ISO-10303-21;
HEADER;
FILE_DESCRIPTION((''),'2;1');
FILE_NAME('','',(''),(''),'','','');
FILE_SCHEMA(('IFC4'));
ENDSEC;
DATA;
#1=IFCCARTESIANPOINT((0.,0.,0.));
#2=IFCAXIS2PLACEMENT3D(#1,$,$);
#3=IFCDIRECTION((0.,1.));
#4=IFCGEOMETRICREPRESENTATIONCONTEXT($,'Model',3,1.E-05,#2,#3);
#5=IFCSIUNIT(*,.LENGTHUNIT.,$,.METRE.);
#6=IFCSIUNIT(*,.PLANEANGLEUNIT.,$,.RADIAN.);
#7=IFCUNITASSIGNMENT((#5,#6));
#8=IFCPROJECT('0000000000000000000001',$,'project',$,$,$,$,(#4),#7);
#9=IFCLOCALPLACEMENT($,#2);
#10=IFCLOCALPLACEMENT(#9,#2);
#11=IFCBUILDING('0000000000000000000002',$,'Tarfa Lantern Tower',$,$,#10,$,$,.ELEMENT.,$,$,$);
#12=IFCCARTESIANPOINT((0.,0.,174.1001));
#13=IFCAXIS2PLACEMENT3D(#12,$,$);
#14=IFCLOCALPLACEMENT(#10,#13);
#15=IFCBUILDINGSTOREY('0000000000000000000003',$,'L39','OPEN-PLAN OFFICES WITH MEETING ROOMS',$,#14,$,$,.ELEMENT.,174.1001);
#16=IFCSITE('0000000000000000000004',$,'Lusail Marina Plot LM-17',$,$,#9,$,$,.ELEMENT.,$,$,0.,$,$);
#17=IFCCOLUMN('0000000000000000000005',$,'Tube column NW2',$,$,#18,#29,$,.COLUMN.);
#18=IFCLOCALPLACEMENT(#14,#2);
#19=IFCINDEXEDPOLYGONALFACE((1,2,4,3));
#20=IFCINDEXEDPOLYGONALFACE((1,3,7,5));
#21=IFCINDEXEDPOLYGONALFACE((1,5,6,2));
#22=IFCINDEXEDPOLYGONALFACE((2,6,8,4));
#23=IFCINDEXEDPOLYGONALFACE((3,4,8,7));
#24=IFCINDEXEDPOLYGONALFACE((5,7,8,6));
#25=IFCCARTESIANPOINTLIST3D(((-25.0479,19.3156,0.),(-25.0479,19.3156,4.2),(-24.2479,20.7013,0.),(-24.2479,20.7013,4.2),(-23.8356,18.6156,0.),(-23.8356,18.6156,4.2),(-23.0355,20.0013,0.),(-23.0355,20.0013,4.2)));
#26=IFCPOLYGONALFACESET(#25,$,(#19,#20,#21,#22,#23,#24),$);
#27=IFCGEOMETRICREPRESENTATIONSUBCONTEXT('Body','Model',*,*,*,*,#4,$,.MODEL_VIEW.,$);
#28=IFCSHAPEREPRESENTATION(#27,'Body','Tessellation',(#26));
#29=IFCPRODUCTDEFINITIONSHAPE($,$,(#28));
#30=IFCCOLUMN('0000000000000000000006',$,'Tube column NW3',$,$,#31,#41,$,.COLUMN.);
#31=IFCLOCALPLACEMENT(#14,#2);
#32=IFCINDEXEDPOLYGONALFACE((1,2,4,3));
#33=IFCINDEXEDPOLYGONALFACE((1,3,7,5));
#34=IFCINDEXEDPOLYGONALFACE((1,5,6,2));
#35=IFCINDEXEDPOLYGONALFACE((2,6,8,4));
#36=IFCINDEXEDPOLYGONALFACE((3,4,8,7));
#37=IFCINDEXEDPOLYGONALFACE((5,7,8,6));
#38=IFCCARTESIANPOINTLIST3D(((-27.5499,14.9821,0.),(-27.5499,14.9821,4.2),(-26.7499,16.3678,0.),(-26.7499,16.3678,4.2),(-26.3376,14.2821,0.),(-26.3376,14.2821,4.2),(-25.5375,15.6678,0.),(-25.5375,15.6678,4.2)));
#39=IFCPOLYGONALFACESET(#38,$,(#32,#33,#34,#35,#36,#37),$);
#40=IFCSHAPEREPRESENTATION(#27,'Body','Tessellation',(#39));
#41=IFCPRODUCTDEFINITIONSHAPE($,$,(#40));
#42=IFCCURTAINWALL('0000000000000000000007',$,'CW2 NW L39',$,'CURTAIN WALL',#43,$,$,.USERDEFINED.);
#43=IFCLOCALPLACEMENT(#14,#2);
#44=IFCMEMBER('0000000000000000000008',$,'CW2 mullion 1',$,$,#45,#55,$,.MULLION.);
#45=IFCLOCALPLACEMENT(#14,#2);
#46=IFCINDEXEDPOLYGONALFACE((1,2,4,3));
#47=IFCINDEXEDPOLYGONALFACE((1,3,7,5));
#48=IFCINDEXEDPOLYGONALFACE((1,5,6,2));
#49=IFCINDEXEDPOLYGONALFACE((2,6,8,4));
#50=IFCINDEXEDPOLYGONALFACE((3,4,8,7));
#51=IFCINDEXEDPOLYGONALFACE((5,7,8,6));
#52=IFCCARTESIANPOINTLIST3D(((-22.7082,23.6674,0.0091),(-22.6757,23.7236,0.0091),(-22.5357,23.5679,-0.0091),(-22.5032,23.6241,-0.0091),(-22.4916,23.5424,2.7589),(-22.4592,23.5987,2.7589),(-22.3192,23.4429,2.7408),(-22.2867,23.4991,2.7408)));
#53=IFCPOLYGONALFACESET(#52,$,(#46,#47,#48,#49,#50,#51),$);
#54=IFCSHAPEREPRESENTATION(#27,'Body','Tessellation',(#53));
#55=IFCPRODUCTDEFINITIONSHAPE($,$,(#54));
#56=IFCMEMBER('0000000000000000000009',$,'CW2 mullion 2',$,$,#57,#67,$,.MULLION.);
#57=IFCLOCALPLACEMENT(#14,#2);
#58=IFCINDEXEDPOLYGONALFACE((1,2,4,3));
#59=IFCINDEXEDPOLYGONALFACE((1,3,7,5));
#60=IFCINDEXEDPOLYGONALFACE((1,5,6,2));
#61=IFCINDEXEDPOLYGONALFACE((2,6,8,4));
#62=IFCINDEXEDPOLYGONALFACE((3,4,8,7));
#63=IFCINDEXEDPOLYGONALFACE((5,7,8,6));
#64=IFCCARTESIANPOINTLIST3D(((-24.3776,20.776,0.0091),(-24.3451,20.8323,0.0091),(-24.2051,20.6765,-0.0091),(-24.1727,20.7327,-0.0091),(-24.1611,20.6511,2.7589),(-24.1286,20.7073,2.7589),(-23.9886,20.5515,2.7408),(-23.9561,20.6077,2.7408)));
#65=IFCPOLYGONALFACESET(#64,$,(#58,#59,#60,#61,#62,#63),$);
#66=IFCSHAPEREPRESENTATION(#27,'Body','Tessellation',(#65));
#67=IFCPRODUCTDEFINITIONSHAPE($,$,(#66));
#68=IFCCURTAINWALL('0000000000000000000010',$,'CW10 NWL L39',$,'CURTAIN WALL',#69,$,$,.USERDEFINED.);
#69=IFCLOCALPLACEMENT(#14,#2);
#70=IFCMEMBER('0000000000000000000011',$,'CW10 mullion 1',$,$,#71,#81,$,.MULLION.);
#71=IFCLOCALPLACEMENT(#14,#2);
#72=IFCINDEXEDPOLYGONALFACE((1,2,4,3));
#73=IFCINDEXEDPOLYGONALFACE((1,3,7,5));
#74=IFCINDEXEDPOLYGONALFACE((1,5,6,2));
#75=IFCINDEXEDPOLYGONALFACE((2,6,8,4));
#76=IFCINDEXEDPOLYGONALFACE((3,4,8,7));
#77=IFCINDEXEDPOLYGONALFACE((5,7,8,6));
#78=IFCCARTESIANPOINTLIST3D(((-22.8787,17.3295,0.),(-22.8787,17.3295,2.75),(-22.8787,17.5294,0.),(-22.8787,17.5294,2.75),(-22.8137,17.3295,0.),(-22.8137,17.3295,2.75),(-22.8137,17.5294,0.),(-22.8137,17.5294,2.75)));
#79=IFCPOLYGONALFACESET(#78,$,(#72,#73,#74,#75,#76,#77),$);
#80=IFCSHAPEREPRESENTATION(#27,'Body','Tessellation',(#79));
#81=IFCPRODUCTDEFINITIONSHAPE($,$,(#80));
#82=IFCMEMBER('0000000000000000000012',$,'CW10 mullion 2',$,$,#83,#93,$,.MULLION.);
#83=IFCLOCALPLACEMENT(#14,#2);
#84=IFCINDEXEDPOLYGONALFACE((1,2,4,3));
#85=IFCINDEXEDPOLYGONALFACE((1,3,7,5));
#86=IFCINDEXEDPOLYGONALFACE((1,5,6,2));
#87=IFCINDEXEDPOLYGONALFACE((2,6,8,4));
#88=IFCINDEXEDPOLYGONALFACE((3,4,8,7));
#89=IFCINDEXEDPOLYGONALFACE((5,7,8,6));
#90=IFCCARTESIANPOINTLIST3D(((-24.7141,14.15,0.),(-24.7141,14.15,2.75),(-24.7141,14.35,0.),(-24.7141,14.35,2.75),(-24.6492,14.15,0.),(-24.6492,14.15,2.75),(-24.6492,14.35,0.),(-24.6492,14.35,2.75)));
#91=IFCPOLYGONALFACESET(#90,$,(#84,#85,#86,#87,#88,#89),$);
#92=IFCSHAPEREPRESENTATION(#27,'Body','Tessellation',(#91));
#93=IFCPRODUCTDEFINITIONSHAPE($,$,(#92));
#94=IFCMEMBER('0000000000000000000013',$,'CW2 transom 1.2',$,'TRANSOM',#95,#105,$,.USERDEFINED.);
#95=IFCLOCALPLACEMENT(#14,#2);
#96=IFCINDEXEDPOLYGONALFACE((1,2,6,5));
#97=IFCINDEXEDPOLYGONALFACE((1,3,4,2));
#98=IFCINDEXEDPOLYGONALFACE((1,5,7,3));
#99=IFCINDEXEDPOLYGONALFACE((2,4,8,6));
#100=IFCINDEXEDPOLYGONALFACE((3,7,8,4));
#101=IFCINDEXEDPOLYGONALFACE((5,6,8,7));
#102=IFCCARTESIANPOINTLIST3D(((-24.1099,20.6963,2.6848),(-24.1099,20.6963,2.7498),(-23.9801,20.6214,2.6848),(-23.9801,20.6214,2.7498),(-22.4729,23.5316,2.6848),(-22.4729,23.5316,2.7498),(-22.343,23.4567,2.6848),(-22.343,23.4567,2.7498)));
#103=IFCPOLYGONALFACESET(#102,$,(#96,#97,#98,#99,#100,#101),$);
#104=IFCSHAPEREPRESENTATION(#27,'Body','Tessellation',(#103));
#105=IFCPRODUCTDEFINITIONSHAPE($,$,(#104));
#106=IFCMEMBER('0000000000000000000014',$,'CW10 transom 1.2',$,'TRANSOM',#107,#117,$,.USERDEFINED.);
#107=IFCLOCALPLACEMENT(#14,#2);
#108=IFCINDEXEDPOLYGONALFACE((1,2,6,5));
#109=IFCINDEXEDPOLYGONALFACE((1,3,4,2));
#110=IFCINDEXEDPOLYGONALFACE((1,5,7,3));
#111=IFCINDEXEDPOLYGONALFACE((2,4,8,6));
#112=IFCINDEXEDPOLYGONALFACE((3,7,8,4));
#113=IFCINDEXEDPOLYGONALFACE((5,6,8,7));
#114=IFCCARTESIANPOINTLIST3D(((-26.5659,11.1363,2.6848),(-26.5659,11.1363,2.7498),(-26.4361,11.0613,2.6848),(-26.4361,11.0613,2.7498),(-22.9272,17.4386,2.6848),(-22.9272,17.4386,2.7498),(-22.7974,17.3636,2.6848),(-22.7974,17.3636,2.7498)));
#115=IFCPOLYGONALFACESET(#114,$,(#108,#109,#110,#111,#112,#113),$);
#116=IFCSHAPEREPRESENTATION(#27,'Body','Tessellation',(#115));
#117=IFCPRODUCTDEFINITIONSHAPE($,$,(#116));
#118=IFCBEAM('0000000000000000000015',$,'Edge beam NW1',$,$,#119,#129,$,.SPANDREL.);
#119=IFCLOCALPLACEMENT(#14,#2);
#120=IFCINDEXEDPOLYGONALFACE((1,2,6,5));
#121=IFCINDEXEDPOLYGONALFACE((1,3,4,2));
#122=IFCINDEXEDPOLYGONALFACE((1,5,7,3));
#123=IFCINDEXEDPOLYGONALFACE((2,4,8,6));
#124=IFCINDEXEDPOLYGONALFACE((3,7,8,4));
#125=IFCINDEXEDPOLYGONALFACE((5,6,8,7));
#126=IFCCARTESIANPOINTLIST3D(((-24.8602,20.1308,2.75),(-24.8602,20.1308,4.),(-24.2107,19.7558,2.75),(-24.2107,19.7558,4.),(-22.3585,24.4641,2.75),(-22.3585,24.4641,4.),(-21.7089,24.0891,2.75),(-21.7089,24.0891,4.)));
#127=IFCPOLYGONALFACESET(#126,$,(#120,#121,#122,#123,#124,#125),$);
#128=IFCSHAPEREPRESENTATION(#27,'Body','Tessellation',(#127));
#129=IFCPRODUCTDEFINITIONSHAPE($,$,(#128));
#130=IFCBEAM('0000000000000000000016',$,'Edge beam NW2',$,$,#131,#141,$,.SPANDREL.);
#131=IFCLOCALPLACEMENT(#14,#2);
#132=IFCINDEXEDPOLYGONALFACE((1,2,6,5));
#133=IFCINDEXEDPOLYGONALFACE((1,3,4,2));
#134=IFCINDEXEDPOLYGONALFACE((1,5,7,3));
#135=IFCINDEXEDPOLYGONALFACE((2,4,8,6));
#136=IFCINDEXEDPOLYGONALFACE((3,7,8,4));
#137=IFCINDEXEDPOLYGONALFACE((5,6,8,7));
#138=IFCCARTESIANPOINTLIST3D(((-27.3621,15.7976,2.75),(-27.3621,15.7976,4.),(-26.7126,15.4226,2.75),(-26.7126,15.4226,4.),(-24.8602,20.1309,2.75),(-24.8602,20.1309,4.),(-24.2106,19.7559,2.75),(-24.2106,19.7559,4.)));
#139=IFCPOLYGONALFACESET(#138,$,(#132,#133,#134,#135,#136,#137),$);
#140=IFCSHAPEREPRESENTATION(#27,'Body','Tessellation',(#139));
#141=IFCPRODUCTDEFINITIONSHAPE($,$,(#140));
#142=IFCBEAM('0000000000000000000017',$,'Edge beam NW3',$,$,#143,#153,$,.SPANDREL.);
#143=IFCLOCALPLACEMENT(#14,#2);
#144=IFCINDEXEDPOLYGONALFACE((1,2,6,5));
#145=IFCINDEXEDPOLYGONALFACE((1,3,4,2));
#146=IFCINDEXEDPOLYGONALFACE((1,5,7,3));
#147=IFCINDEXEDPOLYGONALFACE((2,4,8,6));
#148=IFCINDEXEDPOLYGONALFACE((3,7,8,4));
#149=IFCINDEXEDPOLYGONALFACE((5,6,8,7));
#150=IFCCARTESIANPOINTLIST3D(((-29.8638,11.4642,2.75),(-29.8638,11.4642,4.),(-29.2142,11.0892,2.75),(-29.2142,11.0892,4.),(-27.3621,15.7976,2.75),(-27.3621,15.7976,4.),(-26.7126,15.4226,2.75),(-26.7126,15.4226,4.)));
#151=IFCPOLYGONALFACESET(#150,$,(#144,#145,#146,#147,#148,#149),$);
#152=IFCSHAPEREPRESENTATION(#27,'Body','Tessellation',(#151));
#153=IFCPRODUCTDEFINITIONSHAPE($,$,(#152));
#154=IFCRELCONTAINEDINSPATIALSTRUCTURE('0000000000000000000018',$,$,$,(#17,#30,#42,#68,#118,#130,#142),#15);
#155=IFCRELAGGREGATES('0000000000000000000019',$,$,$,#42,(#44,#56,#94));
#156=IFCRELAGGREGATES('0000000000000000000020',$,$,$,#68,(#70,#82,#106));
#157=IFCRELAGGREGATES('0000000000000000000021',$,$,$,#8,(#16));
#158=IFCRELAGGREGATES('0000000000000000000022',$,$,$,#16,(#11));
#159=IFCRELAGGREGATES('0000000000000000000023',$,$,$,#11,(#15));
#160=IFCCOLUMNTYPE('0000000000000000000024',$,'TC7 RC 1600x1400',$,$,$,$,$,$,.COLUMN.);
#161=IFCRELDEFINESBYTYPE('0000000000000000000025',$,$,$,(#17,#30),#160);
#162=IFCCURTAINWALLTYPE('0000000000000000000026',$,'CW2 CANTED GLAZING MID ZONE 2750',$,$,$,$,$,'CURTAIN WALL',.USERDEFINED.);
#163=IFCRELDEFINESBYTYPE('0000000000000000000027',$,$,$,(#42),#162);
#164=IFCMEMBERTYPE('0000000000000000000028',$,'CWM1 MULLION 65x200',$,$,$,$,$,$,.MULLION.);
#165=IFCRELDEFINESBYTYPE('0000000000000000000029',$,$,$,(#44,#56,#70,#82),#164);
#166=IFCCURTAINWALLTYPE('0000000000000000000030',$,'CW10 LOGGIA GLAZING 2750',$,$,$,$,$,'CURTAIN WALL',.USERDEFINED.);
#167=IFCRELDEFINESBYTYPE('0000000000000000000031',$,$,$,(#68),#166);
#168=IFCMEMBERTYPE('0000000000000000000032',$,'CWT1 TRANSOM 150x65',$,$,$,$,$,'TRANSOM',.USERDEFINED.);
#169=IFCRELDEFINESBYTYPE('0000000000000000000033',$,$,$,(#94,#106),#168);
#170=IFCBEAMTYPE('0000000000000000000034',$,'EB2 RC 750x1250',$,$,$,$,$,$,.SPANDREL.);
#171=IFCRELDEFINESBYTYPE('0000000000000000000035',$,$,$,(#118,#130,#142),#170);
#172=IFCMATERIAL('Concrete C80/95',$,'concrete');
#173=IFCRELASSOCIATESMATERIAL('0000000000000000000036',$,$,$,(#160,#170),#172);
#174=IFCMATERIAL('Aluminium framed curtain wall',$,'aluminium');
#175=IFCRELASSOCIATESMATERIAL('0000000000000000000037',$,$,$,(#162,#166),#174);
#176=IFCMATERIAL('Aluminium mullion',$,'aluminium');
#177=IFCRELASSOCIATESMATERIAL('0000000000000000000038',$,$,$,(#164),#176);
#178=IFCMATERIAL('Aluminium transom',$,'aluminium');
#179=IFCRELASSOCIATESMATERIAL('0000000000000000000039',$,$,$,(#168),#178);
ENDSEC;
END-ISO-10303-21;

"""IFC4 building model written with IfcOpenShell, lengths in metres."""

from ifc_helpers import new_model, si_unit, direction, frame, origin, origin_2d, place, context, subcontext, project, spatial, rectangle, extrude, material, material_profile, profile_set, type_object, element, aggregate, save


model = new_model("IFC4")

# Units and contexts
model_context = context("Model", 3, precision=1e-05, world=origin(), true_north=direction((0.0, 1.0)))
body_context = subcontext(model_context, "Body", "Model", "MODEL_VIEW")
ifc_project = project(units=[si_unit("LENGTHUNIT", "METRE"), si_unit("PLANEANGLEUNIT", "RADIAN")], contexts=[model_context])

# Site, building, storey
site_placement = place(None, origin())
site = spatial("IfcSite", under=ifc_project, at=site_placement, Name="Lusail Marina Plot LM-17", CompositionType="ELEMENT", RefElevation=0.0)
building_placement = place(site_placement, origin())
building = spatial("IfcBuilding", under=site, at=building_placement, Name="Tarfa Lantern Tower", CompositionType="ELEMENT")
storey_placement = place(building_placement, frame((0.0, 0.0, 174.1001)))
storey = spatial("IfcBuildingStorey", under=building, at=storey_placement, Name="L39", Description="OPEN-PLAN OFFICES WITH MEETING ROOMS", CompositionType="ELEMENT", Elevation=174.1001)

# Columns
ifc_material_1 = material(Name="Concrete C80/95", Category="concrete")
ifc_material_profile_1 = material_profile(ifc_material_1, rectangle(XDim=1.6001, YDim=1.3999, at=origin_2d()), Name="RC 1600x1400")
ifc_profile_set_1 = profile_set([ifc_material_profile_1], Name="Concrete C80/95")
column_type = type_object("IfcColumnType", Name="TC7 RC 1600x1400", PredefinedType="COLUMN", material=ifc_profile_set_1)
for number, where, z_axis, x_axis, name in (
    (1, (-24.0417, 19.6584, 0.0), (0.0, 0.0, 1.0), (-0.5, -0.866025, 0.0), "Tube column NW2"),
    (2, (-26.5437, 15.325, 0.0), (0.0, 0.0, 1.0), (-0.5, -0.866025, 0.0), "Tube column NW3"),
):
    element("IfcColumn", number, at=place(storey_placement, frame(where, z_axis=z_axis, x_axis=x_axis)), inside=storey, type_object=column_type, Name=name, PredefinedType="COLUMN", context=body_context, shape_type="SweptSolid", body=[
        extrude(rectangle(XDim=1.6001, YDim=1.3999, at=origin_2d()), origin(), (0.0, 0.0, 1.0), 4.2),
    ])

# Curtain walls, members
ifc_material_2 = material(Name="Aluminium framed curtain wall", Category="aluminium")
curtain_wall_type_1 = type_object("IfcCurtainWallType", Name="CW2 CANTED GLAZING MID ZONE 2750", ElementType="CURTAIN WALL", PredefinedType="USERDEFINED", material=ifc_material_2)
curtain_wall_1_placement = place(storey_placement, origin())
curtain_wall_1 = element("IfcCurtainWall", 3, at=curtain_wall_1_placement, inside=storey, type_object=curtain_wall_type_1, Name="CW2 NW L39", ObjectType="CURTAIN WALL", PredefinedType="USERDEFINED")
ifc_material_3 = material(Name="Aluminium mullion", Category="aluminium")
ifc_material_profile_2 = material_profile(ifc_material_3, rectangle(XDim=0.0649, YDim=0.2, at=origin_2d()), Name="AL MULLION 65x200")
ifc_profile_set_2 = profile_set([ifc_material_profile_2], Name="Aluminium mullion")
member_type_1 = type_object("IfcMemberType", Name="CWM1 MULLION 65x200", PredefinedType="MULLION", material=ifc_profile_set_2)
member_1_placement = place(storey_placement, frame((-22.6057, 23.6458, 0.0), z_axis=(0.078423, -0.045268, 0.995892), x_axis=(0.49992, 0.866072, 0.0)))
member_1 = element("IfcMember", 4, at=member_1_placement, type_object=member_type_1, Name="CW2 mullion 1", PredefinedType="MULLION", context=body_context, shape_type="SweptSolid", body=[
    extrude(rectangle(XDim=0.0649, YDim=0.2, at=origin_2d()), origin(), (0.0, 0.0, 1.0), 2.7612),
])
member_2_placement = place(storey_placement, frame((-24.2751, 20.7544, 0.0), z_axis=(0.078423, -0.045268, 0.995892), x_axis=(0.49992, 0.866072, 0.0)))
member_2 = element("IfcMember", 5, at=member_2_placement, type_object=member_type_1, Name="CW2 mullion 2", PredefinedType="MULLION", context=body_context, shape_type="SweptSolid", body=[
    extrude(rectangle(XDim=0.0649, YDim=0.2, at=origin_2d()), origin(), (0.0, 0.0, 1.0), 2.7612),
])
curtain_wall_type_2 = type_object("IfcCurtainWallType", Name="CW10 LOGGIA GLAZING 2750", ElementType="CURTAIN WALL", PredefinedType="USERDEFINED", material=ifc_material_2)
curtain_wall_2_placement = place(storey_placement, origin())
curtain_wall_2 = element("IfcCurtainWall", 6, at=curtain_wall_2_placement, inside=storey, type_object=curtain_wall_type_2, Name="CW10 NWL L39", ObjectType="CURTAIN WALL", PredefinedType="USERDEFINED")
member_3_placement = place(storey_placement, frame((-22.8462, 17.4294, 0.0), z_axis=(0.0, 0.0, 1.0), x_axis=(1.0, 0.0, 0.0)))
member_3 = element("IfcMember", 7, at=member_3_placement, type_object=member_type_1, Name="CW10 mullion 1", PredefinedType="MULLION", context=body_context, shape_type="SweptSolid", body=[
    extrude(rectangle(XDim=0.0649, YDim=0.2, at=origin_2d()), origin(), (0.0, 0.0, 1.0), 2.75),
])
member_4_placement = place(storey_placement, frame((-24.6816, 14.25, 0.0), z_axis=(0.0, 0.0, 1.0), x_axis=(1.0, 0.0, 0.0)))
member_4 = element("IfcMember", 8, at=member_4_placement, type_object=member_type_1, Name="CW10 mullion 2", PredefinedType="MULLION", context=body_context, shape_type="SweptSolid", body=[
    extrude(rectangle(XDim=0.0649, YDim=0.2, at=origin_2d()), origin(), (0.0, 0.0, 1.0), 2.75),
])

# Members
ifc_material_4 = material(Name="Aluminium transom", Category="aluminium")
ifc_material_profile_3 = material_profile(ifc_material_4, rectangle(XDim=0.1499, YDim=0.0649, at=origin_2d()), Name="AL TRANSOM 150x65")
ifc_profile_set_3 = profile_set([ifc_material_profile_3], Name="Aluminium transom")
member_type_2 = type_object("IfcMemberType", Name="CWT1 TRANSOM 150x65", ElementType="TRANSOM", PredefinedType="USERDEFINED", material=ifc_profile_set_3)
member_5_placement = place(storey_placement, frame((-22.408, 23.4941, 2.7173), z_axis=(-0.500013, -0.866018, 0.0), x_axis=(0.866018, -0.500013, 0.0)))
member_5 = element("IfcMember", 9, at=member_5_placement, type_object=member_type_2, Name="CW2 transom 1.2", ObjectType="TRANSOM", PredefinedType="USERDEFINED", context=body_context, shape_type="SweptSolid", body=[
    extrude(rectangle(XDim=0.1499, YDim=0.0649, at=origin_2d()), origin(), (0.0, 0.0, 1.0), 3.2739),
])
member_6_placement = place(storey_placement, frame((-22.8623, 17.4011, 2.7173), z_axis=(-0.500007, -0.866021, 0.0), x_axis=(0.866021, -0.500007, 0.0)))
member_6 = element("IfcMember", 10, at=member_6_placement, type_object=member_type_2, Name="CW10 transom 1.2", ObjectType="TRANSOM", PredefinedType="USERDEFINED", context=body_context, shape_type="SweptSolid", body=[
    extrude(rectangle(XDim=0.1499, YDim=0.0649, at=origin_2d()), origin(), (0.0, 0.0, 1.0), 7.2773),
])

# Beams
ifc_material_profile_4 = material_profile(ifc_material_1, rectangle(XDim=0.75, YDim=1.25, at=origin_2d()), Name="RC 750x1250")
ifc_profile_set_4 = profile_set([ifc_material_profile_4], Name="Concrete C80/95")
beam_type_1 = type_object("IfcBeamType", Name="EB2 RC 750x1250", PredefinedType="SPANDREL", material=ifc_profile_set_4)
for number, where, z_axis, x_axis, name in (
    (11, (-22.0337, 24.2766, 3.375), (-0.499986, -0.866034, 0.0), (0.866034, -0.499986, 0.0), "Edge beam NW1"),
    (12, (-24.5354, 19.9434, 3.375), (-0.500022, -0.866013, 0.0), (0.866013, -0.500022, 0.0), "Edge beam NW2"),
    (13, (-27.0374, 15.6101, 3.375), (-0.499965, -0.866046, 0.0), (0.866046, -0.499965, 0.0), "Edge beam NW3"),
):
    element("IfcBeam", number, at=place(storey_placement, frame(where, z_axis=z_axis, x_axis=x_axis)), inside=storey, type_object=beam_type_1, Name=name, PredefinedType="SPANDREL", context=body_context, shape_type="SweptSolid", body=[
        extrude(rectangle(XDim=0.75, YDim=1.25, at=origin_2d()), origin(), (0.0, 0.0, 1.0), 5.0037),
    ])

aggregate(curtain_wall_1, [member_1, member_2, member_5])
aggregate(curtain_wall_2, [member_3, member_4, member_6])

save(model, "model.ifc")
